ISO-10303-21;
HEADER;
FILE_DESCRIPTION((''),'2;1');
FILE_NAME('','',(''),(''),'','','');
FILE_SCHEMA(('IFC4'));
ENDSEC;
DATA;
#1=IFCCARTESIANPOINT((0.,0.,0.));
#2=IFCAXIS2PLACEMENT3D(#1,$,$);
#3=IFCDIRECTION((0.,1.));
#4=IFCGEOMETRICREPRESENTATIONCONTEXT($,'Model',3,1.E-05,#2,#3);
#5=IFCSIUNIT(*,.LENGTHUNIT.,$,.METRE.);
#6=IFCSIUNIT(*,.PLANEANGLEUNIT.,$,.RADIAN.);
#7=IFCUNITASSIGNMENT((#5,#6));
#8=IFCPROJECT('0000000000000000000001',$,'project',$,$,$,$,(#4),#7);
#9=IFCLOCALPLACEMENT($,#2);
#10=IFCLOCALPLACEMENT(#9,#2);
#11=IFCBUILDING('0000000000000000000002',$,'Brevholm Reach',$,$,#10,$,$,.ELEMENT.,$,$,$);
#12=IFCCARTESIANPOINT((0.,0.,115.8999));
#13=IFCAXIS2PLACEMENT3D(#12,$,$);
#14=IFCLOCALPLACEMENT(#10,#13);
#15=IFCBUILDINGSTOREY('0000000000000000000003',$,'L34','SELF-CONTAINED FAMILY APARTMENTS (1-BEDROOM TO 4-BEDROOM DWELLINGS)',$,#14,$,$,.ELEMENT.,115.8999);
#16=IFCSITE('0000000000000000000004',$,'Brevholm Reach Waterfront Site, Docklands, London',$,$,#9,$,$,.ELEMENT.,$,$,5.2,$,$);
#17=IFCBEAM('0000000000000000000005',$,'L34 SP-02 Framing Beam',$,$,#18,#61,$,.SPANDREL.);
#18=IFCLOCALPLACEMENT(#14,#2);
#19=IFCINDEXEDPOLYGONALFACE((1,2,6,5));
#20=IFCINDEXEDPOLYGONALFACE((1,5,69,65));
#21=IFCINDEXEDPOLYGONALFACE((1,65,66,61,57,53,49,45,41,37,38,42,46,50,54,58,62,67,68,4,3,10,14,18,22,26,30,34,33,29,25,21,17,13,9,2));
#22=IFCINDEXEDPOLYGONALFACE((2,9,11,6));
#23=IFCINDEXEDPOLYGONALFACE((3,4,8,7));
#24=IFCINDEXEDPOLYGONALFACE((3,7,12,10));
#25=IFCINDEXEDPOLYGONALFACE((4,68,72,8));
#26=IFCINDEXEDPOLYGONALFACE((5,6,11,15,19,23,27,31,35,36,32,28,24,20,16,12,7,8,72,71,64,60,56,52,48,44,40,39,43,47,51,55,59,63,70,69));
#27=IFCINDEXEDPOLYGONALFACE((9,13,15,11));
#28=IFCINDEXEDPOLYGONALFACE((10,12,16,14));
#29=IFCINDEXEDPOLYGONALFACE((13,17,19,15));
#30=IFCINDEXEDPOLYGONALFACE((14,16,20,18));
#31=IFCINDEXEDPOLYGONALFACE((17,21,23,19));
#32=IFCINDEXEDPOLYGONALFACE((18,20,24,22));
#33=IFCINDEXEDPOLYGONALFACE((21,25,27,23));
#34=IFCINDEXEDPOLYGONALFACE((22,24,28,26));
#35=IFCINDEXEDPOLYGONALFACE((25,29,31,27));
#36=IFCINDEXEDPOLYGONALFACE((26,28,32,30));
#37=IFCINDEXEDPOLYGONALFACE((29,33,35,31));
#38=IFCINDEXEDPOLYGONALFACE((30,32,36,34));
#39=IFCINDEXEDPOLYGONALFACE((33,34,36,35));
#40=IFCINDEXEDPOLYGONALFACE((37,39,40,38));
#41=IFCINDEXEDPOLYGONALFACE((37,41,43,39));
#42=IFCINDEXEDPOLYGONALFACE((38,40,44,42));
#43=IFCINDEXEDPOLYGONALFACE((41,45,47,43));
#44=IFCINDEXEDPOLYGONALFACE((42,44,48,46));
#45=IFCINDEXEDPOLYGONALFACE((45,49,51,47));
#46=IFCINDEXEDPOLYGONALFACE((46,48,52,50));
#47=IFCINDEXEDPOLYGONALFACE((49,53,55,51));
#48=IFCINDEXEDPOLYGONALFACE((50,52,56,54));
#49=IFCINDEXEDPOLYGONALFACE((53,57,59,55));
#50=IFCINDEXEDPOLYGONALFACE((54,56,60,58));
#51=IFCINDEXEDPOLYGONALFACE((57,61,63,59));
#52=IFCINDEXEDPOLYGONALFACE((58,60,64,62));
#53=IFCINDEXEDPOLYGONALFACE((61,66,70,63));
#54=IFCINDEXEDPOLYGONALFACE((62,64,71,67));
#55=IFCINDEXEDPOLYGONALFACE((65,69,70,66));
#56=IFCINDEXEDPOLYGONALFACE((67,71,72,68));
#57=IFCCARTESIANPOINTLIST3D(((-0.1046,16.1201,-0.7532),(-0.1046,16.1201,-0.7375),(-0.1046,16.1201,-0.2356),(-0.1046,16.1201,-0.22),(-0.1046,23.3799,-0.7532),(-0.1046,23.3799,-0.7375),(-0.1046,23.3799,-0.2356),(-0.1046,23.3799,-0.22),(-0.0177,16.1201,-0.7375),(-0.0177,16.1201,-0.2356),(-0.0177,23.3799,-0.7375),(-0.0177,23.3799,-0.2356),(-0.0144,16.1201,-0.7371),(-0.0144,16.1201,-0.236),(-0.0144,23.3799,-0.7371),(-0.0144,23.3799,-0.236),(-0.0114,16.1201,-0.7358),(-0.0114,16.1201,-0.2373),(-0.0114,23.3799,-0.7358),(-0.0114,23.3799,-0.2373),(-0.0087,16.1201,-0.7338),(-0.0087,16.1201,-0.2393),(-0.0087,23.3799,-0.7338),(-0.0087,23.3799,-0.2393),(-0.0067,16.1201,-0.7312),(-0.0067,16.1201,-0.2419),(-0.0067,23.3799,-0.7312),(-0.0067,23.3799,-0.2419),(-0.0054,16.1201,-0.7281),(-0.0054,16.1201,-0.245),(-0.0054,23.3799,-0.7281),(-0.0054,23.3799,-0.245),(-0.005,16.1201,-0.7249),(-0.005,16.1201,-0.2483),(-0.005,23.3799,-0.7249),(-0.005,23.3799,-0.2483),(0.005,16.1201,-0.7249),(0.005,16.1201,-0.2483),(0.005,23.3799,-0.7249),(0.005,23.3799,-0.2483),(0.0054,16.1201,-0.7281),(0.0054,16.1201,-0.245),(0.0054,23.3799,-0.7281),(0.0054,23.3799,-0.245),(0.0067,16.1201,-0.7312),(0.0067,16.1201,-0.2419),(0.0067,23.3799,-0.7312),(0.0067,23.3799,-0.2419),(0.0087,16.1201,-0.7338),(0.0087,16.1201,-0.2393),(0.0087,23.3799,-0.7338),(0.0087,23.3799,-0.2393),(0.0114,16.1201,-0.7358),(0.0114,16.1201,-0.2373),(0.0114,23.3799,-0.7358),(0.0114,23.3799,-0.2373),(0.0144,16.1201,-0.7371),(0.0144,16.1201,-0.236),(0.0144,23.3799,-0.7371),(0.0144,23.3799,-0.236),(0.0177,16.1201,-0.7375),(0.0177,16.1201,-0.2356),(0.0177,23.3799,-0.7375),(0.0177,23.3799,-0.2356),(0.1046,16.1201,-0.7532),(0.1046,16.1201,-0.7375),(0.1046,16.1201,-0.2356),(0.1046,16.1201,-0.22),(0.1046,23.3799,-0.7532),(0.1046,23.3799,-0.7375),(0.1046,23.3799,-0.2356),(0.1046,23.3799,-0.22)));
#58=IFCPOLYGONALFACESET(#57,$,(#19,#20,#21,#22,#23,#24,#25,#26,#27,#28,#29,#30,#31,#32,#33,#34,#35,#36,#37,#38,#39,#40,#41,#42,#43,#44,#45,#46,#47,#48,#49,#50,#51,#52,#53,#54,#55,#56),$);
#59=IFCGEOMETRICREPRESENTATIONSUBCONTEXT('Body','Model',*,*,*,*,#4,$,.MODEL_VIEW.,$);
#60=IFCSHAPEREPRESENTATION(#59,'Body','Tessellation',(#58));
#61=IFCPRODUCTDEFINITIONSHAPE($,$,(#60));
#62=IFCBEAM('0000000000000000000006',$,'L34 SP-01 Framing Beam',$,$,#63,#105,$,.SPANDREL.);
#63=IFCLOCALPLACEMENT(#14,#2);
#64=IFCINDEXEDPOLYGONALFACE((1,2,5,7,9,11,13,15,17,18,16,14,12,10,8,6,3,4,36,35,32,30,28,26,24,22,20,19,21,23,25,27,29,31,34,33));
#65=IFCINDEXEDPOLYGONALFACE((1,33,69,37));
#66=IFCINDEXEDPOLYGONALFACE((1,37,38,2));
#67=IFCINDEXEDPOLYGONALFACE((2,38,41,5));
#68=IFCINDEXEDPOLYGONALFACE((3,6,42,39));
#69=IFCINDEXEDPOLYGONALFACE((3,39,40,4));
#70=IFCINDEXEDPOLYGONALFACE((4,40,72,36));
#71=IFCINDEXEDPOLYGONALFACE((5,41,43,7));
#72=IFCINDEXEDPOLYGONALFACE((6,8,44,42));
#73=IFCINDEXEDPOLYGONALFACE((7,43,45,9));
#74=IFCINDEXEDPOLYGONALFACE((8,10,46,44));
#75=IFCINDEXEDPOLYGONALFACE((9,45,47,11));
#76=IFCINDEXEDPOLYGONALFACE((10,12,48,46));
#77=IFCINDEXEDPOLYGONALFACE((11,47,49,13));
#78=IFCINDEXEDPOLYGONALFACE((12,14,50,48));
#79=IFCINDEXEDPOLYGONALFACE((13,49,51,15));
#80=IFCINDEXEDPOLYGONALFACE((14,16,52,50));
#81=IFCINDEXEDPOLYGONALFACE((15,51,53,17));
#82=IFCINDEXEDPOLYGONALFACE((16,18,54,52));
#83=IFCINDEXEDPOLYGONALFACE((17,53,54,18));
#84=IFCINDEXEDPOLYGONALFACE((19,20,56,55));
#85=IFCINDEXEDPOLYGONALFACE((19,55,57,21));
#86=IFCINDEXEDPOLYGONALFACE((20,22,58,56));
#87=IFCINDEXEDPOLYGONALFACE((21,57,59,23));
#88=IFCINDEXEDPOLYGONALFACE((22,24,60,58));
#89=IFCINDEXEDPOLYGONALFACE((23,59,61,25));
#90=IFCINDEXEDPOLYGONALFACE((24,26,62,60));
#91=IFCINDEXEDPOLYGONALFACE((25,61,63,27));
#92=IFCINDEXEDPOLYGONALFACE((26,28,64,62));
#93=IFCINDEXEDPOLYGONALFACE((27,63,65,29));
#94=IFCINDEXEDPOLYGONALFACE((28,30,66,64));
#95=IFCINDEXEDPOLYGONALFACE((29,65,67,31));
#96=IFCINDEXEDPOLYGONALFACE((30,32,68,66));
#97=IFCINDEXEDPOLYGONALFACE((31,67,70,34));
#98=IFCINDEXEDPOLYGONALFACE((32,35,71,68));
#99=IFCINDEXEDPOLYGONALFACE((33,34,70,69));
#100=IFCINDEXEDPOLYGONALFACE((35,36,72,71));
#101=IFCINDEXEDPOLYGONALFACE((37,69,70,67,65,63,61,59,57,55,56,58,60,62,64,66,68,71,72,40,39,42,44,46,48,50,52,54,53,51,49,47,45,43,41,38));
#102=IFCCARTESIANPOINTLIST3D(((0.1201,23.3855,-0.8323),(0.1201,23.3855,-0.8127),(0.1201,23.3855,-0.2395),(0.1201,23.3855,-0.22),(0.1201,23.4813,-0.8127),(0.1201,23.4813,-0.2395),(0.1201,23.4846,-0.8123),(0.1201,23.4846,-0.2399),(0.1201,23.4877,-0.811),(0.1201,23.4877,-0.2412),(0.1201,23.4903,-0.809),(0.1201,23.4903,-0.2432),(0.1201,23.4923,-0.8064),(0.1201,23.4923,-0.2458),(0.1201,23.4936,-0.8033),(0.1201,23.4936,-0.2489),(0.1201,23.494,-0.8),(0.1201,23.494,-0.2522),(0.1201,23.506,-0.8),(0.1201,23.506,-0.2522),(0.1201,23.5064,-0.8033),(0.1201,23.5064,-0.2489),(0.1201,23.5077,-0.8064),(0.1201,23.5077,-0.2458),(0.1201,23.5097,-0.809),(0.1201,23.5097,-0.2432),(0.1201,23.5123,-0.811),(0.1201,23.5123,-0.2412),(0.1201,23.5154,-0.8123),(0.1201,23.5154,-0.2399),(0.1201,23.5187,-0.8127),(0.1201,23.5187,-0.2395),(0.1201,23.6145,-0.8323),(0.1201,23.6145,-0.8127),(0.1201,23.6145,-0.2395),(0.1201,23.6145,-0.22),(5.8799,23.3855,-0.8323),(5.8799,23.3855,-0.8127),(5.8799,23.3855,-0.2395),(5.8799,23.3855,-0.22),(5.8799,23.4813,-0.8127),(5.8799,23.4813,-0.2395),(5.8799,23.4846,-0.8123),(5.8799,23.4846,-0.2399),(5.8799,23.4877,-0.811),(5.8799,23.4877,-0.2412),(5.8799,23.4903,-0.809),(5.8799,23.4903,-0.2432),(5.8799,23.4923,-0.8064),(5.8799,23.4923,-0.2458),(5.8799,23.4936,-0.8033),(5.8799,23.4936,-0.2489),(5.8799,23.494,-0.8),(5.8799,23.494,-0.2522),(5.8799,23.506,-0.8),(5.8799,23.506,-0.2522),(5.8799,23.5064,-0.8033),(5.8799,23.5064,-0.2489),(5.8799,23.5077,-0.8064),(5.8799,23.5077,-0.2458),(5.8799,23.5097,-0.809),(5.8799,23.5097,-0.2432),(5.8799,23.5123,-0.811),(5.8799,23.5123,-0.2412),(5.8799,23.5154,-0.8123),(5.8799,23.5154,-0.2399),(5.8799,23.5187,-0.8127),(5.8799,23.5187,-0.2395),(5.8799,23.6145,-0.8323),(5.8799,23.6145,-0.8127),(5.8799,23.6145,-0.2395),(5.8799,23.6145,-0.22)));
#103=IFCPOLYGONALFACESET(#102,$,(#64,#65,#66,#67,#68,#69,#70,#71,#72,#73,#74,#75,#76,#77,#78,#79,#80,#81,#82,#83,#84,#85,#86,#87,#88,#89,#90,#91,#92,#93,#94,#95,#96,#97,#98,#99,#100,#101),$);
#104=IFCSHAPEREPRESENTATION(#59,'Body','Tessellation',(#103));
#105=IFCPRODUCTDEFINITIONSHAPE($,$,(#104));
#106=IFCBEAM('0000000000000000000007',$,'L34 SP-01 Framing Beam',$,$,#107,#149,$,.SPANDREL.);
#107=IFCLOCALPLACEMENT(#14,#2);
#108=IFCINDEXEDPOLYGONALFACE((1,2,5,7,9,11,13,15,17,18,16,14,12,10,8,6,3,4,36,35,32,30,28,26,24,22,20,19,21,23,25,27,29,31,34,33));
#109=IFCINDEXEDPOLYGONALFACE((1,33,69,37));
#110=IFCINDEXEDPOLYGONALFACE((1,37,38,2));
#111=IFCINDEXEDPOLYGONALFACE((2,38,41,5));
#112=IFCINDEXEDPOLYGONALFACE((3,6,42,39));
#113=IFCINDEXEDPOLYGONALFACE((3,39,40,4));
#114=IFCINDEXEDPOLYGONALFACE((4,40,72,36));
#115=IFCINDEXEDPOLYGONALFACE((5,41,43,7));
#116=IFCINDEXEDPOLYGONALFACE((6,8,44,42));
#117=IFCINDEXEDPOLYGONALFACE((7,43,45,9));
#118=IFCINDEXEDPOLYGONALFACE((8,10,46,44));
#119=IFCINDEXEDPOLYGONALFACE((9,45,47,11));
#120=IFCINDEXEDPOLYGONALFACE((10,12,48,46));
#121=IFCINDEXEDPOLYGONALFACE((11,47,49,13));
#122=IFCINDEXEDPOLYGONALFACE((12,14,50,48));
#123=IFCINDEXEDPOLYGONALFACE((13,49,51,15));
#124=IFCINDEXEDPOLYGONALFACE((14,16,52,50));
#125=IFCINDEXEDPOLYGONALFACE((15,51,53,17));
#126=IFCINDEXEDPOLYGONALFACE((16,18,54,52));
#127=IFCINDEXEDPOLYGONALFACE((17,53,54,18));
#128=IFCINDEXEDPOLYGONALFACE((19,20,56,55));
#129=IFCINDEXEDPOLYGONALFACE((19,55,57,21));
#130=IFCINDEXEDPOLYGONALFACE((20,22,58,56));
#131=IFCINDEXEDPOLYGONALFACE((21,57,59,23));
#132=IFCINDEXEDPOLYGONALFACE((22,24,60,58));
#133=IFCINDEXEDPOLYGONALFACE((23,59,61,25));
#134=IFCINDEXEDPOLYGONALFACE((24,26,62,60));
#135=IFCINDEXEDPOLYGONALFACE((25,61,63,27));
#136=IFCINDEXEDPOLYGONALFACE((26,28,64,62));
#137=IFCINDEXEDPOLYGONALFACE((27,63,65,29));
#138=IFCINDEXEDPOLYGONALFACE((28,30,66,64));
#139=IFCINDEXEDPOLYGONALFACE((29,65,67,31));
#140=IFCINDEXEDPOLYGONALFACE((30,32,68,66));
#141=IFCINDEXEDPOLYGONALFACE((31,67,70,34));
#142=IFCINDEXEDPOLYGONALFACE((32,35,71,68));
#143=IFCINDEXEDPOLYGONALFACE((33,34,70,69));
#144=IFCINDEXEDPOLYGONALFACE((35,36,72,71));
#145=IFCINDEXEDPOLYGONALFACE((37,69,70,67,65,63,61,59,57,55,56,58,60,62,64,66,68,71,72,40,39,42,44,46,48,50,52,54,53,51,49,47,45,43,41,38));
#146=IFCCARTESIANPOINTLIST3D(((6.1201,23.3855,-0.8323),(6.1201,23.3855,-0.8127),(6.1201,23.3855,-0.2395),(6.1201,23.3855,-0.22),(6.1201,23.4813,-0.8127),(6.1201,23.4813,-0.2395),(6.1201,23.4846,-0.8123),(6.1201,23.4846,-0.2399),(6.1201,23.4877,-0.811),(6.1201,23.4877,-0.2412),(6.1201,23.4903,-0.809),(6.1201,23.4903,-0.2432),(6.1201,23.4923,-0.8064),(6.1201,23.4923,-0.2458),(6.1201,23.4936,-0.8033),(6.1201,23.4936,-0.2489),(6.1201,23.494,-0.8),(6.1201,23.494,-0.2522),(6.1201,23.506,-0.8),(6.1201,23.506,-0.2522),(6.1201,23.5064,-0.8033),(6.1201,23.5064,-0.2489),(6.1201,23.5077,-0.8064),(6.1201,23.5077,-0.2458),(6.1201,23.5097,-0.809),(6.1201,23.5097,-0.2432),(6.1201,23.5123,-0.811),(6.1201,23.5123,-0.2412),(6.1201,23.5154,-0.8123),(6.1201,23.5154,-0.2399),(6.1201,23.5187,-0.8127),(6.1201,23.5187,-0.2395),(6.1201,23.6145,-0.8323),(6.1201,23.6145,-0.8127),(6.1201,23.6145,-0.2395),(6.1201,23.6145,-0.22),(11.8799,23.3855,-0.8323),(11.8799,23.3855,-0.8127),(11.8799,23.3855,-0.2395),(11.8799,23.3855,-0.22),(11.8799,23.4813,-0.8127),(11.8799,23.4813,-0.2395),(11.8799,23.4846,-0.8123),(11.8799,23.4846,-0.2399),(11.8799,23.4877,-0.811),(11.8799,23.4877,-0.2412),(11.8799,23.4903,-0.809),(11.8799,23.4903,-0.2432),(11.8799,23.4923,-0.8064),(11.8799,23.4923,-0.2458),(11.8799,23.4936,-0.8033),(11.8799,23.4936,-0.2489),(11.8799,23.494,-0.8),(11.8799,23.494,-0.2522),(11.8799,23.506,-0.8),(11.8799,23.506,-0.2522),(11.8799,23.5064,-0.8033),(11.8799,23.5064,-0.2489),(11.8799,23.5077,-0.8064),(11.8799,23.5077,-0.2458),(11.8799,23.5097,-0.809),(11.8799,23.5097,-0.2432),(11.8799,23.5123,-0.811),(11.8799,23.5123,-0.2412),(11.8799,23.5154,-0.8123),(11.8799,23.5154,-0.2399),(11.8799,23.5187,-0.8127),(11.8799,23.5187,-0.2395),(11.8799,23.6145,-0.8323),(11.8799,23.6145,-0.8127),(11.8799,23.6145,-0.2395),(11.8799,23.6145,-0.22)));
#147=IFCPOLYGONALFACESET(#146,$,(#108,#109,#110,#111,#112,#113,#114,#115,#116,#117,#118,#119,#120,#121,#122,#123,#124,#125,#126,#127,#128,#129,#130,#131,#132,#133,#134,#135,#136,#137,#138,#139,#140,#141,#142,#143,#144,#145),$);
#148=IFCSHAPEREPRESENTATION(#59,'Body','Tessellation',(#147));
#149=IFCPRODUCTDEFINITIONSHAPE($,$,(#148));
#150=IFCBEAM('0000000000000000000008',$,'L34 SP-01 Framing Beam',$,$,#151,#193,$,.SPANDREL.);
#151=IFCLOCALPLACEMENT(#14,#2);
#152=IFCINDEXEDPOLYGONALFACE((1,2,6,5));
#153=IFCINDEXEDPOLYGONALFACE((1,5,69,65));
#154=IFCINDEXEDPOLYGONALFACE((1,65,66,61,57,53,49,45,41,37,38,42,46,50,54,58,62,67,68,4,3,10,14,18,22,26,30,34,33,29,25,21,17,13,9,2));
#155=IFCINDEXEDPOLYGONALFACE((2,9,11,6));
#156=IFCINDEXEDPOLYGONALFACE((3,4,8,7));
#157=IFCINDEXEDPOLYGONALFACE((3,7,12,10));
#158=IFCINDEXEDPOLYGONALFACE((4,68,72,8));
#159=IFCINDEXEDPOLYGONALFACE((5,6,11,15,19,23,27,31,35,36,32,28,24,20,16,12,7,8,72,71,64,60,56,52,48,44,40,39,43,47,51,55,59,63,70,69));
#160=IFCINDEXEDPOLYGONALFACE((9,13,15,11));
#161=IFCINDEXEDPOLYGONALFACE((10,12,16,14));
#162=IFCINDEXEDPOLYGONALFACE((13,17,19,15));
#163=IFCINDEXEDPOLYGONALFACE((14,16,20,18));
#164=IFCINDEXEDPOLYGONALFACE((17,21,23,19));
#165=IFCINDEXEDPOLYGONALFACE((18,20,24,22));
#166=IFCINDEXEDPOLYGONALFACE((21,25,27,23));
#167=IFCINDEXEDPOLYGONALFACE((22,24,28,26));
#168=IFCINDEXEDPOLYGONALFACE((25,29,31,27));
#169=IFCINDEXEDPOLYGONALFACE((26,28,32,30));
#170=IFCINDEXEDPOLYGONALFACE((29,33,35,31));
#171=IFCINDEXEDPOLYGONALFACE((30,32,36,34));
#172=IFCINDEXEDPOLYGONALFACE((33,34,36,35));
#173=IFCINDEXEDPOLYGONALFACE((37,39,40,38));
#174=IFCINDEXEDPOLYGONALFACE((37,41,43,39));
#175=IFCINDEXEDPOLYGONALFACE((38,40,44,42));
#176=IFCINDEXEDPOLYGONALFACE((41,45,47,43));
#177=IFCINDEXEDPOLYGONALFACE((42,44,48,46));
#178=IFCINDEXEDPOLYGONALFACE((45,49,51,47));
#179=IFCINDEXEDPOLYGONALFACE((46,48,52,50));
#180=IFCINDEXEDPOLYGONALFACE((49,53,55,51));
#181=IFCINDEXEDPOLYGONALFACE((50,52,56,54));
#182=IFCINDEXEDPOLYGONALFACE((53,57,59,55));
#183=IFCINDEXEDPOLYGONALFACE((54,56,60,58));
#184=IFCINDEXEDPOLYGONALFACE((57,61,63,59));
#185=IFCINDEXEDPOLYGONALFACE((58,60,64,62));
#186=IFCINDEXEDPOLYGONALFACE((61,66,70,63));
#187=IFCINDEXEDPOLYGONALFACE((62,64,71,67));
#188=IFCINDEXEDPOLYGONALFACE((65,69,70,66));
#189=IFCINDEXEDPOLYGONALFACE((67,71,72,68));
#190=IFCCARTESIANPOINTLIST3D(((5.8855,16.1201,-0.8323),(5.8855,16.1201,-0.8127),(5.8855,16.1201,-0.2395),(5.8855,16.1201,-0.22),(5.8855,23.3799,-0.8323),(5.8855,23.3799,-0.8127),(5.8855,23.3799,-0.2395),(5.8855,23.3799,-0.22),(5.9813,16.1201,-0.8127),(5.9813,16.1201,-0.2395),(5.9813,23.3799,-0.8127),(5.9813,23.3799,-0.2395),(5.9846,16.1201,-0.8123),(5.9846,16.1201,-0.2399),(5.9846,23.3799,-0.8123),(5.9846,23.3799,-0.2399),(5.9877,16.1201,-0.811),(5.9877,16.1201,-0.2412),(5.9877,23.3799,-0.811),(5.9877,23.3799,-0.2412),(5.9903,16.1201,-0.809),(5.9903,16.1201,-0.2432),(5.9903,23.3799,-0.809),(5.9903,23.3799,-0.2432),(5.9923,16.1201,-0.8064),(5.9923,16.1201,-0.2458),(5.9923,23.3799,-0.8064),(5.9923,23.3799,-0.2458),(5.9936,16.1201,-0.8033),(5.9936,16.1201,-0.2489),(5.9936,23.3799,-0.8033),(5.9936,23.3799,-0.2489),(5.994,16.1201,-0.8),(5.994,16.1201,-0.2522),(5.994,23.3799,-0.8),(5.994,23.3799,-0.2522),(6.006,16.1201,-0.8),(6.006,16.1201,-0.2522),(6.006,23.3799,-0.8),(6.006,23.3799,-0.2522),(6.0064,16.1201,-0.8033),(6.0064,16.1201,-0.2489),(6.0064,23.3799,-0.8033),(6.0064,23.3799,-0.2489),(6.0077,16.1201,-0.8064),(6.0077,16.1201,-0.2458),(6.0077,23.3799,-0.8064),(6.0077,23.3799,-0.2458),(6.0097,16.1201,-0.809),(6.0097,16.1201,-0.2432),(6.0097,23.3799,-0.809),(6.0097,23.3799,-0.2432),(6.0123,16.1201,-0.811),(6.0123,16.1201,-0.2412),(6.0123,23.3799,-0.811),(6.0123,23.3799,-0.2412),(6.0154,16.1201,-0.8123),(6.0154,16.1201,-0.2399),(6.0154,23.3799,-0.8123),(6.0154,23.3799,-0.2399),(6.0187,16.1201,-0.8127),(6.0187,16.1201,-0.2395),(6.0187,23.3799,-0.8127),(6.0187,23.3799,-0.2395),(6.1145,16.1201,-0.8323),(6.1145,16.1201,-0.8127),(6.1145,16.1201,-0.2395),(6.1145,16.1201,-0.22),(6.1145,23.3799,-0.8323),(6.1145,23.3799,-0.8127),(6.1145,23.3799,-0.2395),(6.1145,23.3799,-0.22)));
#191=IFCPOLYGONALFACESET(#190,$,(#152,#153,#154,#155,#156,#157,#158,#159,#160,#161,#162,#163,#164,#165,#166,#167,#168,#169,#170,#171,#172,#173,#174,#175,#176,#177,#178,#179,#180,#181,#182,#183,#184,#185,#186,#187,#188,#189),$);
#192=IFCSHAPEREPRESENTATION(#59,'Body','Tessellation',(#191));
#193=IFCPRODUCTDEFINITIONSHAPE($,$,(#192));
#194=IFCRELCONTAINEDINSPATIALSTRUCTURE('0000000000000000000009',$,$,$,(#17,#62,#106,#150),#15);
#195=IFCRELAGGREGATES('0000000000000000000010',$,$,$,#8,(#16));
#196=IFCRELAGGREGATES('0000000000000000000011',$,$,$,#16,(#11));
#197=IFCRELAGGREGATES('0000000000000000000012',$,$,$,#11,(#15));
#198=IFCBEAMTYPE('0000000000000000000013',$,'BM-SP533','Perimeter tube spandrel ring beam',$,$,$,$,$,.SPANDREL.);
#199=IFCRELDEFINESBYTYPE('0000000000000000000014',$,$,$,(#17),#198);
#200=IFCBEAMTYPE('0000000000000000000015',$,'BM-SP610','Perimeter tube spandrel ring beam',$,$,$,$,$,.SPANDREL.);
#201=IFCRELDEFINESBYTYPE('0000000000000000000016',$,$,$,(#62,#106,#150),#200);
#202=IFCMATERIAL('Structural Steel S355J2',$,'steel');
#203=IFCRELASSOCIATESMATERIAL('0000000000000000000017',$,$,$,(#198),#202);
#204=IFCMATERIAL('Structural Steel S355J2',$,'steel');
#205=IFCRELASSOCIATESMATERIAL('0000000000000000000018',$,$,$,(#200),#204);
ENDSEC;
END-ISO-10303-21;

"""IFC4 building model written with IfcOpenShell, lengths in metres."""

from ifc_helpers import new_model, si_unit, direction, frame, origin, origin_2d, place, context, subcontext, project, spatial, i_section, extrude, material, material_profile, profile_set, type_object, element, save


model = new_model("IFC4")

# Units and contexts
model_context = context("Model", 3, precision=1e-05, world=origin(), true_north=direction((0.0, 1.0)))
body_context = subcontext(model_context, "Body", "Model", "MODEL_VIEW")
ifc_project = project(units=[si_unit("LENGTHUNIT", "METRE"), si_unit("PLANEANGLEUNIT", "RADIAN")], contexts=[model_context])

# Site, building, storey
site_placement = place(None, origin())
site = spatial("IfcSite", under=ifc_project, at=site_placement, Name="Brevholm Reach Waterfront Site, Docklands, London", CompositionType="ELEMENT", RefElevation=5.2)
building_placement = place(site_placement, origin())
building = spatial("IfcBuilding", under=site, at=building_placement, Name="Brevholm Reach", CompositionType="ELEMENT")
storey_placement = place(building_placement, frame((0.0, 0.0, 115.8999)))
storey = spatial("IfcBuildingStorey", under=building, at=storey_placement, Name="L34", Description="SELF-CONTAINED FAMILY APARTMENTS (1-BEDROOM TO 4-BEDROOM DWELLINGS)", CompositionType="ELEMENT", Elevation=115.8999)

# Beams
ifc_material_1 = material(Name="Structural Steel S355J2", Category="steel")
ifc_material_profile_1 = material_profile(ifc_material_1, i_section(OverallWidth=0.2092, OverallDepth=0.5332, WebThickness=0.01, FlangeThickness=0.0156, FilletRadius=0.0127, at=origin_2d()), Name="UKB 533x210x92")
ifc_profile_set_1 = profile_set([ifc_material_profile_1], Name="Structural Steel S355J2")
beam_type_1 = type_object("IfcBeamType", Name="BM-SP533", Description="Perimeter tube spandrel ring beam", PredefinedType="SPANDREL", material=ifc_profile_set_1)
beam_1_placement = place(storey_placement, frame((0.0, 16.1201, -0.4866), z_axis=(0.0, 1.0, 0.0), x_axis=(-1.0, 0.0, 0.0)))
element("IfcBeam", 1, at=beam_1_placement, inside=storey, type_object=beam_type_1, Name="L34 SP-02 Framing Beam", PredefinedType="SPANDREL", context=body_context, shape_type="SweptSolid", body=[
    extrude(i_section(OverallWidth=0.2092, OverallDepth=0.5332, WebThickness=0.01, FlangeThickness=0.0156, FilletRadius=0.0127, at=origin_2d()), origin(), (0.0, 0.0, 1.0), 7.2598),
])
ifc_material_2 = material(Name="Structural Steel S355J2", Category="steel")
ifc_material_profile_2 = material_profile(ifc_material_2, i_section(OverallWidth=0.229, OverallDepth=0.6123, WebThickness=0.012, FlangeThickness=0.0195, FilletRadius=0.0127, at=origin_2d()), Name="UKB 610x229x125")
ifc_profile_set_2 = profile_set([ifc_material_profile_2], Name="Structural Steel S355J2")
beam_type_2 = type_object("IfcBeamType", Name="BM-SP610", Description="Perimeter tube spandrel ring beam", PredefinedType="SPANDREL", material=ifc_profile_set_2)
for number, where, z_axis, x_axis, name in (
    (2, (0.1201, 23.5, -0.5261), (1.0, 0.0, 0.0), (0.0, 1.0, 0.0), "L34 SP-01 Framing Beam"),
    (3, (6.1201, 23.5, -0.5261), (1.0, 0.0, 0.0), (0.0, 1.0, 0.0), "L34 SP-01 Framing Beam"),
):
    element("IfcBeam", number, at=place(storey_placement, frame(where, z_axis=z_axis, x_axis=x_axis)), inside=storey, type_object=beam_type_2, Name=name, PredefinedType="SPANDREL", context=body_context, shape_type="SweptSolid", body=[
        extrude(i_section(OverallWidth=0.229, OverallDepth=0.6123, WebThickness=0.012, FlangeThickness=0.0195, FilletRadius=0.0127, at=origin_2d()), origin(), (0.0, 0.0, 1.0), 5.7598),
    ])
beam_2_placement = place(storey_placement, frame((6.0, 16.1201, -0.5261), z_axis=(0.0, 1.0, 0.0), x_axis=(-1.0, 0.0, 0.0)))
element("IfcBeam", 4, at=beam_2_placement, inside=storey, type_object=beam_type_2, Name="L34 SP-01 Framing Beam", PredefinedType="SPANDREL", context=body_context, shape_type="SweptSolid", body=[
    extrude(i_section(OverallWidth=0.229, OverallDepth=0.6123, WebThickness=0.012, FlangeThickness=0.0195, FilletRadius=0.0127, at=origin_2d()), origin(), (0.0, 0.0, 1.0), 7.2598),
])

save(model, "model.ifc")
